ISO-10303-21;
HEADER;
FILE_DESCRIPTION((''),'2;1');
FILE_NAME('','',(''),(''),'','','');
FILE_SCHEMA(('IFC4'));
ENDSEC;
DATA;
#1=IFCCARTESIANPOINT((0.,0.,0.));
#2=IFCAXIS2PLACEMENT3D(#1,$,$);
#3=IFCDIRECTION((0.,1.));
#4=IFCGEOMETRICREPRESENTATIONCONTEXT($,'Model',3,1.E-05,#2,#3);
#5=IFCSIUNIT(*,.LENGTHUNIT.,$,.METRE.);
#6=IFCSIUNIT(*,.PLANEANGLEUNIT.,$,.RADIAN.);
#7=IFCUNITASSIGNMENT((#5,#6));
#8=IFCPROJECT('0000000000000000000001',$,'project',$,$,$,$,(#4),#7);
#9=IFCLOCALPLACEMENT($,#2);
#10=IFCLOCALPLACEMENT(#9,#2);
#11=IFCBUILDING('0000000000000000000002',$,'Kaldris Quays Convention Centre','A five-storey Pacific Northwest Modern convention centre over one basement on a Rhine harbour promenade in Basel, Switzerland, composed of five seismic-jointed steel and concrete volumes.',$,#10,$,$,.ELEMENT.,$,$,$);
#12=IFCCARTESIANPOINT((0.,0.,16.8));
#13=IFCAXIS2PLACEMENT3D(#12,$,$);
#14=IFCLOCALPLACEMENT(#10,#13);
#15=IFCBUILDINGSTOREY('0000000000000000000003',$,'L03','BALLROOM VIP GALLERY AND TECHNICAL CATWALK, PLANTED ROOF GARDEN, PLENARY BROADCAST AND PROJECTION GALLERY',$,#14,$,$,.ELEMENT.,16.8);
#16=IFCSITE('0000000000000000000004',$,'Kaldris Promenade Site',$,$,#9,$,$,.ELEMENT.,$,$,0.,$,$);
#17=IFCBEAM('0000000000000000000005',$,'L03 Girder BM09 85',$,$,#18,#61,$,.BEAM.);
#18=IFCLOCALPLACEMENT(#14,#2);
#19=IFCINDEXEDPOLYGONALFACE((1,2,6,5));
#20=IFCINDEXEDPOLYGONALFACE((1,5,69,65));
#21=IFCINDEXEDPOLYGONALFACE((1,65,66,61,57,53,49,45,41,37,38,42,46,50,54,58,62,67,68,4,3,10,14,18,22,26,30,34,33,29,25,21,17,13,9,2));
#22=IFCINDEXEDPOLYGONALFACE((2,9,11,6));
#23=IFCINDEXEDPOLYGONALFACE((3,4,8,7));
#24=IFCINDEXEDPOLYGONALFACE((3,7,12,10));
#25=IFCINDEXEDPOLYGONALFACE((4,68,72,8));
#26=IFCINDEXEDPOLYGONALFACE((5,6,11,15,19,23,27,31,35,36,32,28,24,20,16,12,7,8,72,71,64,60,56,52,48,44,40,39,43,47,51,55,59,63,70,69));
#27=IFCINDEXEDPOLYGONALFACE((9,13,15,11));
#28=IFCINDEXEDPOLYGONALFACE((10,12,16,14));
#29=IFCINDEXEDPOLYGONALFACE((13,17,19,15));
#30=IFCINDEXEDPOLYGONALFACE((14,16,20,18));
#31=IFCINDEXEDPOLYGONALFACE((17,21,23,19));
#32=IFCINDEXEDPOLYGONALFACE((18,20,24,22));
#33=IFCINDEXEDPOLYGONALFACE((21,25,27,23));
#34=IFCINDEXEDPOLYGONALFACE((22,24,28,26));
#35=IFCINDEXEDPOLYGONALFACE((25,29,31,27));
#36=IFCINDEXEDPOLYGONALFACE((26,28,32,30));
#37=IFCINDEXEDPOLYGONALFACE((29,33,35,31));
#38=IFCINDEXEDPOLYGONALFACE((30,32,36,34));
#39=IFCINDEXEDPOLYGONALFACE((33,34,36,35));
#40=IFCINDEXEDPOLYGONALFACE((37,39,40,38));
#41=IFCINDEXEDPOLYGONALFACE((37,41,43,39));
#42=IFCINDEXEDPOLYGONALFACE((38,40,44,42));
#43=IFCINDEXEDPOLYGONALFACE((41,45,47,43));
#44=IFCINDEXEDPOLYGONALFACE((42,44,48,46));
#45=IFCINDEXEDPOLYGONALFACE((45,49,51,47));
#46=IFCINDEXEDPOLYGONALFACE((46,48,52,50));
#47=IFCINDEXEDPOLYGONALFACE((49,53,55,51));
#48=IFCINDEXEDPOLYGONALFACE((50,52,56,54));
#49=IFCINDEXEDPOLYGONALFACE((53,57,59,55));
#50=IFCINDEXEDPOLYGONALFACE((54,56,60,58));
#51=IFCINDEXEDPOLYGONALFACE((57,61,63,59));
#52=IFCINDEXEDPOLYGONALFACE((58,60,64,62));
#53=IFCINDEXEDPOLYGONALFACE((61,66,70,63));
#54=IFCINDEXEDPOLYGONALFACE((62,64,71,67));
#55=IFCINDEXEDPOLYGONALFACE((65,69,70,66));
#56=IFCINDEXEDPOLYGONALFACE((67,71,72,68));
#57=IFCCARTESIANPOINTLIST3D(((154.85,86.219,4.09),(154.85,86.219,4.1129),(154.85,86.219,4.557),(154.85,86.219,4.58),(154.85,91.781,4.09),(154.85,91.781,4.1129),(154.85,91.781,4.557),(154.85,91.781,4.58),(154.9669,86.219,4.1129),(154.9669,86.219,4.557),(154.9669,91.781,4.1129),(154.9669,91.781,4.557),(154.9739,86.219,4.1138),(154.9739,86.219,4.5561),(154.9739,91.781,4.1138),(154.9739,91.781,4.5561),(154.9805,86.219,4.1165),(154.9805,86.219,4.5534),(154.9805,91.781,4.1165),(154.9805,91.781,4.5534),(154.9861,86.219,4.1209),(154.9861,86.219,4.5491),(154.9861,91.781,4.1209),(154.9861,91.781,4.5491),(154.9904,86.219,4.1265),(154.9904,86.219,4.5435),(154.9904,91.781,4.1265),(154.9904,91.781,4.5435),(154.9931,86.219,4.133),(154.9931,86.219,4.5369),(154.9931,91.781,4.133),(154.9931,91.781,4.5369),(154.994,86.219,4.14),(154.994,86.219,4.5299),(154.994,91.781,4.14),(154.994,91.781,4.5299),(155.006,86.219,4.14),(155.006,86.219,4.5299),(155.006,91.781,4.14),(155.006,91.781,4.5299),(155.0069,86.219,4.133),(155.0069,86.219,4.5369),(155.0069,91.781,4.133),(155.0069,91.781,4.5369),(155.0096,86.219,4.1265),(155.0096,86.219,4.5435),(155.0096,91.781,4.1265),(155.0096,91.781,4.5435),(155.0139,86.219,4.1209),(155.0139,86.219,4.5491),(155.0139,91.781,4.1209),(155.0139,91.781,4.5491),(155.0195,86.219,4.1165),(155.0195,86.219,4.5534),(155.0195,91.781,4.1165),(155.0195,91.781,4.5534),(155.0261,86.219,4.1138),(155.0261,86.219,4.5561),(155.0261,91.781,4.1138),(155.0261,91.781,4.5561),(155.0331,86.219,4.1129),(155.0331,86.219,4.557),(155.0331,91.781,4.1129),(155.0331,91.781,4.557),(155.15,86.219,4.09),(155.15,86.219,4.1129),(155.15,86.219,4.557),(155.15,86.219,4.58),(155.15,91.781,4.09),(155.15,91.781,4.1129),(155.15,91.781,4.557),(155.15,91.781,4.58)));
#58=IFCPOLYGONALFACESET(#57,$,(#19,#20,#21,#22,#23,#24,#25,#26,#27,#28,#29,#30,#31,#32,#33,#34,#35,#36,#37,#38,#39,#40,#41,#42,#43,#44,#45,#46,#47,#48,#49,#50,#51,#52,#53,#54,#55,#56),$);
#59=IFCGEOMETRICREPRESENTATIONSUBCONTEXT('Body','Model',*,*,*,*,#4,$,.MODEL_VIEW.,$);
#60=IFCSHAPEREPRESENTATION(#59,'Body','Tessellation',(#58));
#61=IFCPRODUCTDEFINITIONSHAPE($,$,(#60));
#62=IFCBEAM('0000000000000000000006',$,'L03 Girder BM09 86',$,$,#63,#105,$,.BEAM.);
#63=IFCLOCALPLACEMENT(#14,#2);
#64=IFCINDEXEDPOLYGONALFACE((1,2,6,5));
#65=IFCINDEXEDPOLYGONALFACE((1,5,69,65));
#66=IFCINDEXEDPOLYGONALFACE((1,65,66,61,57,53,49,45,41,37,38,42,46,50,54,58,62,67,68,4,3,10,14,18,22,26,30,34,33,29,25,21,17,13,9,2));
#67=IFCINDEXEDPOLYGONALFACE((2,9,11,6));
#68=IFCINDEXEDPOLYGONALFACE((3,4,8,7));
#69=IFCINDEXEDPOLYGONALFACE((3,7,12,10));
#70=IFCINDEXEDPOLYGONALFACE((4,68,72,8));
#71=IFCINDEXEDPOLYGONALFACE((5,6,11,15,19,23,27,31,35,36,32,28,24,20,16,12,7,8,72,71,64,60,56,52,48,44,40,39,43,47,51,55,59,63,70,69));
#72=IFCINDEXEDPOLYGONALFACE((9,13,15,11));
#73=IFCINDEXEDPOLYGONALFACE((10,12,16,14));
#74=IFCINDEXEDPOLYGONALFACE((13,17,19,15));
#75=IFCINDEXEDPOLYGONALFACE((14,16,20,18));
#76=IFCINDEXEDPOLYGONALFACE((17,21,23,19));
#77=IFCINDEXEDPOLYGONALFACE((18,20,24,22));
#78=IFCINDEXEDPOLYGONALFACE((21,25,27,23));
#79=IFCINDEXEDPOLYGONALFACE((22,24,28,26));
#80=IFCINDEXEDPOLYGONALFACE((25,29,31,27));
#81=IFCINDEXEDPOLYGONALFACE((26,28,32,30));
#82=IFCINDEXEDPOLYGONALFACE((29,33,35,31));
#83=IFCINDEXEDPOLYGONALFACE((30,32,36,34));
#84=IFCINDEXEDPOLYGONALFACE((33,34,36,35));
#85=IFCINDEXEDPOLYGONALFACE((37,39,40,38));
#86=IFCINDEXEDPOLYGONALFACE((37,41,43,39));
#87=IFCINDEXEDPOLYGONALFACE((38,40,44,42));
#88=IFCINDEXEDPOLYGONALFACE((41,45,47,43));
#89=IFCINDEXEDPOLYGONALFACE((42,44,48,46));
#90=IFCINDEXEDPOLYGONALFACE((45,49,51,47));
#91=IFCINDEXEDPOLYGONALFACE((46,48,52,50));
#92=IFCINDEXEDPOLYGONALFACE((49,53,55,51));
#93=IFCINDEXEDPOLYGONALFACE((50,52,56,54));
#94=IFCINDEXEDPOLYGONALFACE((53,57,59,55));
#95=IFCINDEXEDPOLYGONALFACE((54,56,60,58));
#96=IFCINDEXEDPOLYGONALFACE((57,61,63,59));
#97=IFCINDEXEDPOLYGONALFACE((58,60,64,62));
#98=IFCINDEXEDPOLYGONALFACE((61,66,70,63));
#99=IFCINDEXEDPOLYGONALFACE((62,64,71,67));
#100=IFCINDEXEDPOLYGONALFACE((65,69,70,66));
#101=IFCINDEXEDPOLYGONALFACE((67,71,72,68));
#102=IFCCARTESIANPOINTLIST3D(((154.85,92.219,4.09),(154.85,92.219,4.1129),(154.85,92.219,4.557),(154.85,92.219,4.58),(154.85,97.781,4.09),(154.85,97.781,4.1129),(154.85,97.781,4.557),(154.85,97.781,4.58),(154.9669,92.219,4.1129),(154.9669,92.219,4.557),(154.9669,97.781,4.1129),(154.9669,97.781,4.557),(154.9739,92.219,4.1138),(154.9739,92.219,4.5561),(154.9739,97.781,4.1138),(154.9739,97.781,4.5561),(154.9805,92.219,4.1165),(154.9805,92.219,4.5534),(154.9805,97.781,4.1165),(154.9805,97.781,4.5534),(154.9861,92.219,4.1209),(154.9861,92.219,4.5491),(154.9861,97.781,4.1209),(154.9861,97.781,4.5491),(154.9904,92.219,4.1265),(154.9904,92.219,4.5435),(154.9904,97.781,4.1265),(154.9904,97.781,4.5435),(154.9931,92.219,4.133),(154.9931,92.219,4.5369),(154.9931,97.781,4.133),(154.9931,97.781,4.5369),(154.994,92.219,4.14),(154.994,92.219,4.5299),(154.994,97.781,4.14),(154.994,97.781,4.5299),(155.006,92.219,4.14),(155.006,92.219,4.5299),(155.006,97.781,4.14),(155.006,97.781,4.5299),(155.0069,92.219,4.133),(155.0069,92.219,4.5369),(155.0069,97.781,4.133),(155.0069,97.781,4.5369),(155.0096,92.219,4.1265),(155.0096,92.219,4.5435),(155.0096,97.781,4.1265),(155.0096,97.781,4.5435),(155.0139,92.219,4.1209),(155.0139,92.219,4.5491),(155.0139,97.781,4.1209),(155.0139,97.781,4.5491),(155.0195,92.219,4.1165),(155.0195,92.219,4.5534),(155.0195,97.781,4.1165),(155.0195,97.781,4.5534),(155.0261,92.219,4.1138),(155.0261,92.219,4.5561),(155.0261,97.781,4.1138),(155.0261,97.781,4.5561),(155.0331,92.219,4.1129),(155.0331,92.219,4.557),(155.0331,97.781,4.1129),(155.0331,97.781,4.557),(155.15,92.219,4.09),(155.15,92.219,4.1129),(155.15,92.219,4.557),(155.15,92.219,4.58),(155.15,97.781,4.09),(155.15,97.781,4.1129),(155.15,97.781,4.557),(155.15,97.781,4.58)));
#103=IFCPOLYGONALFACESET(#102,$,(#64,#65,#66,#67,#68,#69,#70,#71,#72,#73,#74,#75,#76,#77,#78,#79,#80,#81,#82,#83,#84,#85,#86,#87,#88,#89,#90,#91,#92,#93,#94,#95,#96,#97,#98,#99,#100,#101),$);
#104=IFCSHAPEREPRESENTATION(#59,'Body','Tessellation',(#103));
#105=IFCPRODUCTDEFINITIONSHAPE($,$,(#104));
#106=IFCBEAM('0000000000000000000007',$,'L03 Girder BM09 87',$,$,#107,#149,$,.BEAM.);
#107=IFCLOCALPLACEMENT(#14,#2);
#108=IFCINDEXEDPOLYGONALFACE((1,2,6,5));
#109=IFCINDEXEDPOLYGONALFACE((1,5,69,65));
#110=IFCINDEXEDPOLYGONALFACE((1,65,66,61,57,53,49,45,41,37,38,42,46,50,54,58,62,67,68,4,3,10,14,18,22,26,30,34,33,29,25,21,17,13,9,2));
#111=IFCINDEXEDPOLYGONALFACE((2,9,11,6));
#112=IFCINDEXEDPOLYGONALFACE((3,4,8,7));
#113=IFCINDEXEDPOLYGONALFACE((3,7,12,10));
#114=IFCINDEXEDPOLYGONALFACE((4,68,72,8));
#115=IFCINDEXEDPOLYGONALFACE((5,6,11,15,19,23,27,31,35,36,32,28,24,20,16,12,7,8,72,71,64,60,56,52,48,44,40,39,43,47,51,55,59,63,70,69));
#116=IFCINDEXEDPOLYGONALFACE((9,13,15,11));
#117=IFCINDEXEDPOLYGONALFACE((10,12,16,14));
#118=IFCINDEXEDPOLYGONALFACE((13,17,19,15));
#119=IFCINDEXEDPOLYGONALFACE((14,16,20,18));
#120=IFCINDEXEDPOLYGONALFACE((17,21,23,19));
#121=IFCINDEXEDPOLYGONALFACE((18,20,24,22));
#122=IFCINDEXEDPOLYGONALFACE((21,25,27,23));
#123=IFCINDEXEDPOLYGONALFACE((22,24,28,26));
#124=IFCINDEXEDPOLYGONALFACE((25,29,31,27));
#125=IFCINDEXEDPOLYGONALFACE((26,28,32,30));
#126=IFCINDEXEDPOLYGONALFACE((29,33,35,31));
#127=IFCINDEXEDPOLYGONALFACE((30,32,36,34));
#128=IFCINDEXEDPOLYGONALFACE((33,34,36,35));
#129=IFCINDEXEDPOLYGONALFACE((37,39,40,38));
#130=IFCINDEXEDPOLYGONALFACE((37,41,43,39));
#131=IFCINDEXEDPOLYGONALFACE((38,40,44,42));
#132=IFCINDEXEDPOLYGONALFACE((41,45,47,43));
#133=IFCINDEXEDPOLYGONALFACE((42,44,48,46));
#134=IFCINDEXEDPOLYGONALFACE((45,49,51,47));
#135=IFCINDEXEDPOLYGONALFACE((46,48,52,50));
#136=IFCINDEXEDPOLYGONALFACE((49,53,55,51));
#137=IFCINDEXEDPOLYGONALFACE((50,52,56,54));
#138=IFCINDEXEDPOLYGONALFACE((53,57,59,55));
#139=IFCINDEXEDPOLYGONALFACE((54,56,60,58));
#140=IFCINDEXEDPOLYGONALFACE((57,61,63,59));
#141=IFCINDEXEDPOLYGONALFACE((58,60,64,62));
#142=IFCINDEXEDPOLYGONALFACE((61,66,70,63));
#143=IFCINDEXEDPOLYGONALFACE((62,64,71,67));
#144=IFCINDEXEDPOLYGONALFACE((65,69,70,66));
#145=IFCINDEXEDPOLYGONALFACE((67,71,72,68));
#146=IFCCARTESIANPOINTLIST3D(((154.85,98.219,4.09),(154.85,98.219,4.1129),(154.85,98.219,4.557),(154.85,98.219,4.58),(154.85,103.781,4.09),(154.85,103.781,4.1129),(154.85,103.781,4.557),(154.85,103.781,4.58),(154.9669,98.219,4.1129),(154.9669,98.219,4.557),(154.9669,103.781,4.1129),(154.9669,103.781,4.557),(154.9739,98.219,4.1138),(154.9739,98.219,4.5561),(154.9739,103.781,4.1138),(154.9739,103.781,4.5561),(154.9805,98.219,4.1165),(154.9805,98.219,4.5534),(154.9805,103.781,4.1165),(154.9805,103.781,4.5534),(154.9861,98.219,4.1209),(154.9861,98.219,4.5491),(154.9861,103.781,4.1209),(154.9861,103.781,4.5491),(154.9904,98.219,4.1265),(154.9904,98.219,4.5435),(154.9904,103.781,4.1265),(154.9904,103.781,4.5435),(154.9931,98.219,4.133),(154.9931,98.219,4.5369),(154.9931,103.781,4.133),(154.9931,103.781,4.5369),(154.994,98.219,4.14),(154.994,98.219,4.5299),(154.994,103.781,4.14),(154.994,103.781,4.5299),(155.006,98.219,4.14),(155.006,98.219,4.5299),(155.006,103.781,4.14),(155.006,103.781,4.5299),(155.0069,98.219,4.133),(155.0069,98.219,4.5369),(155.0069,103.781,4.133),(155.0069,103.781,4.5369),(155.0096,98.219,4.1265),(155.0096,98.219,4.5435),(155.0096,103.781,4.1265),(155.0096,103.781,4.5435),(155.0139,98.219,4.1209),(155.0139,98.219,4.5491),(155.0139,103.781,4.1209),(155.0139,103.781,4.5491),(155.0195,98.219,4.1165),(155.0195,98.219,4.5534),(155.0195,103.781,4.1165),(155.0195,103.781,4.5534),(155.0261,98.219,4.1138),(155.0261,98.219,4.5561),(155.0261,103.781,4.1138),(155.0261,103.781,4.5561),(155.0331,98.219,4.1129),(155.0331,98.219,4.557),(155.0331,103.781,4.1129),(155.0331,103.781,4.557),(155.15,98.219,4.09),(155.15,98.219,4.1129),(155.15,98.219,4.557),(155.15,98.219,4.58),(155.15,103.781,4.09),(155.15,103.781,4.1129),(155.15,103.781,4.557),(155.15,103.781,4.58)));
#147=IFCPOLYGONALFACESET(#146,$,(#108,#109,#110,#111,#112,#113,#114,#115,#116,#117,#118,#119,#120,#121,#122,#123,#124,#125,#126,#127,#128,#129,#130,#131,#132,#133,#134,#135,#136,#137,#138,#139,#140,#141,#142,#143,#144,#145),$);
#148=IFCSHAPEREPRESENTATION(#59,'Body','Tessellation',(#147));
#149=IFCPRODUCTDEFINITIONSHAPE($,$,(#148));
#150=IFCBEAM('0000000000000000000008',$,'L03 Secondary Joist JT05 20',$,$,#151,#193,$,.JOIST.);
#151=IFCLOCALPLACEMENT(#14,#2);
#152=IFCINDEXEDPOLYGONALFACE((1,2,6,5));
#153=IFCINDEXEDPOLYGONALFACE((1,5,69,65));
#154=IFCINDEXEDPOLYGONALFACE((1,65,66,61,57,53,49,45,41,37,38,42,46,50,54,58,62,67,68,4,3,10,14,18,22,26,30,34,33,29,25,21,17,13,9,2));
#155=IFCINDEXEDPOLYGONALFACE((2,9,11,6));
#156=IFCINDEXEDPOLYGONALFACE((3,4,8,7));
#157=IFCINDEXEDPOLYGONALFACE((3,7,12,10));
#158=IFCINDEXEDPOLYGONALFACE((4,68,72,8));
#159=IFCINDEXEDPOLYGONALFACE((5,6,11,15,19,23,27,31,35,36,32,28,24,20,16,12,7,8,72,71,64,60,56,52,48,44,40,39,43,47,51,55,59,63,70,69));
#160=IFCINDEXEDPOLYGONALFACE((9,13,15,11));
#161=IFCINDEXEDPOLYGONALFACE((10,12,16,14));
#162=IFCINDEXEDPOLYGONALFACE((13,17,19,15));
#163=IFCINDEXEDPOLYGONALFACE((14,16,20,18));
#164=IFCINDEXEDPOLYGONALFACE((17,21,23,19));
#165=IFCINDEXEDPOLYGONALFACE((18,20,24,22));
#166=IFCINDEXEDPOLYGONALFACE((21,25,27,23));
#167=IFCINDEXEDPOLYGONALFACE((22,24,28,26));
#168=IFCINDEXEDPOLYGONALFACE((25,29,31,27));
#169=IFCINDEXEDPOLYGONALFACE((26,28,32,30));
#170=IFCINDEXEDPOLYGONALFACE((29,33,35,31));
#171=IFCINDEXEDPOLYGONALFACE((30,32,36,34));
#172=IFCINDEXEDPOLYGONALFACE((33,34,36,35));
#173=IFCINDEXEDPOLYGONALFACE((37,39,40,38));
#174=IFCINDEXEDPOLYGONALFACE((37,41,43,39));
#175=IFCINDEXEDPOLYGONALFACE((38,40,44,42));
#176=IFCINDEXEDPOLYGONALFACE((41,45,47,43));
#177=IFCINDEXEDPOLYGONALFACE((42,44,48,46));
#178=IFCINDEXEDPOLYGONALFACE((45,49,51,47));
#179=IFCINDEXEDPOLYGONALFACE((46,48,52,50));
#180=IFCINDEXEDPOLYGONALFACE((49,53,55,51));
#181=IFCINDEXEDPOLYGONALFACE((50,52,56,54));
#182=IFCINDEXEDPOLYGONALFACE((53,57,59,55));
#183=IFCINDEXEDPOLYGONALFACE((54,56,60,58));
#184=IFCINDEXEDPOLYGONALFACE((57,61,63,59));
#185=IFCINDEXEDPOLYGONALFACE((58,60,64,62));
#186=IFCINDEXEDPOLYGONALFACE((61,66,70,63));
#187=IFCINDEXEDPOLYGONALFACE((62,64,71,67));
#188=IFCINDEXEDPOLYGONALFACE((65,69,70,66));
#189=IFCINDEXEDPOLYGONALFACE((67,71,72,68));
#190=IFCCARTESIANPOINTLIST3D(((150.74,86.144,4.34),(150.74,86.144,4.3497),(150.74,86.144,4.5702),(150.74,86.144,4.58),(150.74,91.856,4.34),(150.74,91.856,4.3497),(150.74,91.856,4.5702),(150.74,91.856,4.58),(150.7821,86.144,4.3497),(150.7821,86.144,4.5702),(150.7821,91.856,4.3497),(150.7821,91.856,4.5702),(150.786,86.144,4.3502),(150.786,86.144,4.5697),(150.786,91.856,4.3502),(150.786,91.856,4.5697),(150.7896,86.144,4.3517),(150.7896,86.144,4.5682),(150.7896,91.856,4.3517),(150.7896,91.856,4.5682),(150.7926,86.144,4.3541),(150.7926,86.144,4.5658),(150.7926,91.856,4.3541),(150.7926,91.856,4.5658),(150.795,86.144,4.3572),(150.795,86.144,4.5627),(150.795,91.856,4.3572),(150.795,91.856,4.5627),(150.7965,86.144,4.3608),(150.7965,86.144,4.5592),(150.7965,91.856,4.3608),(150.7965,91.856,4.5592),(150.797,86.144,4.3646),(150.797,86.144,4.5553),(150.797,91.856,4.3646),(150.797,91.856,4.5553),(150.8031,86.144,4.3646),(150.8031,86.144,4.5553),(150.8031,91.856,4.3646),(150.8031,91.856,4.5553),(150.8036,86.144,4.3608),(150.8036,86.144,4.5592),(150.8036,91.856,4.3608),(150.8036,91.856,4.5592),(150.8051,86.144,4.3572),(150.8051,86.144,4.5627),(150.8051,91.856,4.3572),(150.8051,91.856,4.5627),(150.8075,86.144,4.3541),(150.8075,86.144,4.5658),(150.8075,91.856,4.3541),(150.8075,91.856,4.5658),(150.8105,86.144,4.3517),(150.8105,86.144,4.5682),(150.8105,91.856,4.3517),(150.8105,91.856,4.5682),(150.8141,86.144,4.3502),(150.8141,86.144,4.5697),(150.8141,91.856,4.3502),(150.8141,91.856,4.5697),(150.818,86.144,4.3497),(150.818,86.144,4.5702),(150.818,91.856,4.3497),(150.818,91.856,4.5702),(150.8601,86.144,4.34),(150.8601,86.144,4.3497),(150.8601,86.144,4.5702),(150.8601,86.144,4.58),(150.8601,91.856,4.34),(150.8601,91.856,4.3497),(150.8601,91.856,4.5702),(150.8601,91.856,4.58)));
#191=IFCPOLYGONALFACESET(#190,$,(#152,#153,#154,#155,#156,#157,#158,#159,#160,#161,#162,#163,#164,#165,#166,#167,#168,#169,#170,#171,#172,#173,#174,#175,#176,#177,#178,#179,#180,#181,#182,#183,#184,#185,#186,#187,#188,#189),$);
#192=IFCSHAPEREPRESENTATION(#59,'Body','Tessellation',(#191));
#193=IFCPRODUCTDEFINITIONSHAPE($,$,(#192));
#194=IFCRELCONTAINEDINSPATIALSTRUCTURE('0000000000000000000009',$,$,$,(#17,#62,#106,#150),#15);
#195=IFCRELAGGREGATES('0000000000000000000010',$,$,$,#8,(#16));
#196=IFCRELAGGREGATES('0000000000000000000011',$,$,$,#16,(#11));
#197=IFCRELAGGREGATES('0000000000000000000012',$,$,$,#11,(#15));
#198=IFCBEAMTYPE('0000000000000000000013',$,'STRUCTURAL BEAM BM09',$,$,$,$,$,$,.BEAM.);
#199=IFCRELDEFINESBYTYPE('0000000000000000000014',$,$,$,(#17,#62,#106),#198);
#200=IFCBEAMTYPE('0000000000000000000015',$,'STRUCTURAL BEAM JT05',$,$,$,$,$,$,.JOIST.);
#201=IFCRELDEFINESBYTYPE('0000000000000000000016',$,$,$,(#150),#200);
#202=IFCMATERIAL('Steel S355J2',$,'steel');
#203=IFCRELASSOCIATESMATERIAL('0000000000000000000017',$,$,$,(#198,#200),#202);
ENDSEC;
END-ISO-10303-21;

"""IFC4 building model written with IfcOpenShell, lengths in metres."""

from ifc_helpers import new_model, si_unit, direction, frame, origin, origin_2d, place, context, subcontext, project, spatial, i_section, extrude, material, material_profile, profile_set, type_object, element, save


model = new_model("IFC4")

# Units and contexts
model_context = context("Model", 3, precision=1e-05, world=origin(), true_north=direction((0.0, 1.0)))
body_context = subcontext(model_context, "Body", "Model", "MODEL_VIEW")
ifc_project = project(units=[si_unit("LENGTHUNIT", "METRE"), si_unit("PLANEANGLEUNIT", "RADIAN")], contexts=[model_context])

# Site, building, storey
site_placement = place(None, origin())
site = spatial("IfcSite", under=ifc_project, at=site_placement, Name="Kaldris Promenade Site", CompositionType="ELEMENT", RefElevation=0.0)
building_placement = place(site_placement, origin())
building = spatial("IfcBuilding", under=site, at=building_placement, Name="Kaldris Quays Convention Centre", Description="A five-storey Pacific Northwest Modern convention centre over one basement on a Rhine harbour promenade in Basel, Switzerland, composed of five seismic-jointed steel and concrete volumes.", CompositionType="ELEMENT")
storey_placement = place(building_placement, frame((0.0, 0.0, 16.8)))
storey = spatial("IfcBuildingStorey", under=building, at=storey_placement, Name="L03", Description="BALLROOM VIP GALLERY AND TECHNICAL CATWALK, PLANTED ROOF GARDEN, PLENARY BROADCAST AND PROJECTION GALLERY", CompositionType="ELEMENT", Elevation=16.8)

# Shared definitions
ifc_material_1 = material(Name="Steel S355J2", Category="steel")

# Beams
ifc_material_profile_1 = material_profile(ifc_material_1, i_section(OverallWidth=0.3, OverallDepth=0.49, WebThickness=0.012, FlangeThickness=0.0229, FilletRadius=0.0271, at=origin_2d()), Name="HEA 500")
ifc_profile_set_1 = profile_set([ifc_material_profile_1], Name="Steel S355J2")
beam_type_1 = type_object("IfcBeamType", Name="STRUCTURAL BEAM BM09", PredefinedType="BEAM", material=ifc_profile_set_1)
for number, where, z_axis, x_axis, name in (
    (1, (155.0, 86.219, 4.335), (0.0, 1.0, 0.0), (-1.0, 0.0, 0.0), "L03 Girder BM09 85"),
    (2, (155.0, 92.219, 4.335), (0.0, 1.0, 0.0), (-1.0, 0.0, 0.0), "L03 Girder BM09 86"),
    (3, (155.0, 98.219, 4.335), (0.0, 1.0, 0.0), (-1.0, 0.0, 0.0), "L03 Girder BM09 87"),
):
    element("IfcBeam", number, at=place(storey_placement, frame(where, z_axis=z_axis, x_axis=x_axis)), inside=storey, type_object=beam_type_1, Name=name, PredefinedType="BEAM", context=body_context, shape_type="SweptSolid", body=[
        extrude(i_section(OverallWidth=0.3, OverallDepth=0.49, WebThickness=0.012, FlangeThickness=0.0229, FilletRadius=0.0271, at=origin_2d()), origin(), (0.0, 0.0, 1.0), 5.562),
    ])
ifc_material_profile_2 = material_profile(ifc_material_1, i_section(OverallWidth=0.1201, OverallDepth=0.24, WebThickness=0.0061, FlangeThickness=0.0098, FilletRadius=0.0149, at=origin_2d()), Name="IPE 240")
ifc_profile_set_2 = profile_set([ifc_material_profile_2], Name="Steel S355J2")
beam_type_2 = type_object("IfcBeamType", Name="STRUCTURAL BEAM JT05", PredefinedType="JOIST", material=ifc_profile_set_2)
for number, where, z_axis, x_axis, name in (
    (4, (150.8, 86.144, 4.46), (0.0, 1.0, 0.0), (-1.0, 0.0, 0.0), "L03 Secondary Joist JT05 20"),
):
    element("IfcBeam", number, at=place(storey_placement, frame(where, z_axis=z_axis, x_axis=x_axis)), inside=storey, type_object=beam_type_2, Name=name, PredefinedType="JOIST", context=body_context, shape_type="SweptSolid", body=[
        extrude(i_section(OverallWidth=0.1201, OverallDepth=0.24, WebThickness=0.0061, FlangeThickness=0.0098, FilletRadius=0.0149, at=origin_2d()), origin(), (0.0, 0.0, 1.0), 5.7119),
    ])

save(model, "model.ifc")
